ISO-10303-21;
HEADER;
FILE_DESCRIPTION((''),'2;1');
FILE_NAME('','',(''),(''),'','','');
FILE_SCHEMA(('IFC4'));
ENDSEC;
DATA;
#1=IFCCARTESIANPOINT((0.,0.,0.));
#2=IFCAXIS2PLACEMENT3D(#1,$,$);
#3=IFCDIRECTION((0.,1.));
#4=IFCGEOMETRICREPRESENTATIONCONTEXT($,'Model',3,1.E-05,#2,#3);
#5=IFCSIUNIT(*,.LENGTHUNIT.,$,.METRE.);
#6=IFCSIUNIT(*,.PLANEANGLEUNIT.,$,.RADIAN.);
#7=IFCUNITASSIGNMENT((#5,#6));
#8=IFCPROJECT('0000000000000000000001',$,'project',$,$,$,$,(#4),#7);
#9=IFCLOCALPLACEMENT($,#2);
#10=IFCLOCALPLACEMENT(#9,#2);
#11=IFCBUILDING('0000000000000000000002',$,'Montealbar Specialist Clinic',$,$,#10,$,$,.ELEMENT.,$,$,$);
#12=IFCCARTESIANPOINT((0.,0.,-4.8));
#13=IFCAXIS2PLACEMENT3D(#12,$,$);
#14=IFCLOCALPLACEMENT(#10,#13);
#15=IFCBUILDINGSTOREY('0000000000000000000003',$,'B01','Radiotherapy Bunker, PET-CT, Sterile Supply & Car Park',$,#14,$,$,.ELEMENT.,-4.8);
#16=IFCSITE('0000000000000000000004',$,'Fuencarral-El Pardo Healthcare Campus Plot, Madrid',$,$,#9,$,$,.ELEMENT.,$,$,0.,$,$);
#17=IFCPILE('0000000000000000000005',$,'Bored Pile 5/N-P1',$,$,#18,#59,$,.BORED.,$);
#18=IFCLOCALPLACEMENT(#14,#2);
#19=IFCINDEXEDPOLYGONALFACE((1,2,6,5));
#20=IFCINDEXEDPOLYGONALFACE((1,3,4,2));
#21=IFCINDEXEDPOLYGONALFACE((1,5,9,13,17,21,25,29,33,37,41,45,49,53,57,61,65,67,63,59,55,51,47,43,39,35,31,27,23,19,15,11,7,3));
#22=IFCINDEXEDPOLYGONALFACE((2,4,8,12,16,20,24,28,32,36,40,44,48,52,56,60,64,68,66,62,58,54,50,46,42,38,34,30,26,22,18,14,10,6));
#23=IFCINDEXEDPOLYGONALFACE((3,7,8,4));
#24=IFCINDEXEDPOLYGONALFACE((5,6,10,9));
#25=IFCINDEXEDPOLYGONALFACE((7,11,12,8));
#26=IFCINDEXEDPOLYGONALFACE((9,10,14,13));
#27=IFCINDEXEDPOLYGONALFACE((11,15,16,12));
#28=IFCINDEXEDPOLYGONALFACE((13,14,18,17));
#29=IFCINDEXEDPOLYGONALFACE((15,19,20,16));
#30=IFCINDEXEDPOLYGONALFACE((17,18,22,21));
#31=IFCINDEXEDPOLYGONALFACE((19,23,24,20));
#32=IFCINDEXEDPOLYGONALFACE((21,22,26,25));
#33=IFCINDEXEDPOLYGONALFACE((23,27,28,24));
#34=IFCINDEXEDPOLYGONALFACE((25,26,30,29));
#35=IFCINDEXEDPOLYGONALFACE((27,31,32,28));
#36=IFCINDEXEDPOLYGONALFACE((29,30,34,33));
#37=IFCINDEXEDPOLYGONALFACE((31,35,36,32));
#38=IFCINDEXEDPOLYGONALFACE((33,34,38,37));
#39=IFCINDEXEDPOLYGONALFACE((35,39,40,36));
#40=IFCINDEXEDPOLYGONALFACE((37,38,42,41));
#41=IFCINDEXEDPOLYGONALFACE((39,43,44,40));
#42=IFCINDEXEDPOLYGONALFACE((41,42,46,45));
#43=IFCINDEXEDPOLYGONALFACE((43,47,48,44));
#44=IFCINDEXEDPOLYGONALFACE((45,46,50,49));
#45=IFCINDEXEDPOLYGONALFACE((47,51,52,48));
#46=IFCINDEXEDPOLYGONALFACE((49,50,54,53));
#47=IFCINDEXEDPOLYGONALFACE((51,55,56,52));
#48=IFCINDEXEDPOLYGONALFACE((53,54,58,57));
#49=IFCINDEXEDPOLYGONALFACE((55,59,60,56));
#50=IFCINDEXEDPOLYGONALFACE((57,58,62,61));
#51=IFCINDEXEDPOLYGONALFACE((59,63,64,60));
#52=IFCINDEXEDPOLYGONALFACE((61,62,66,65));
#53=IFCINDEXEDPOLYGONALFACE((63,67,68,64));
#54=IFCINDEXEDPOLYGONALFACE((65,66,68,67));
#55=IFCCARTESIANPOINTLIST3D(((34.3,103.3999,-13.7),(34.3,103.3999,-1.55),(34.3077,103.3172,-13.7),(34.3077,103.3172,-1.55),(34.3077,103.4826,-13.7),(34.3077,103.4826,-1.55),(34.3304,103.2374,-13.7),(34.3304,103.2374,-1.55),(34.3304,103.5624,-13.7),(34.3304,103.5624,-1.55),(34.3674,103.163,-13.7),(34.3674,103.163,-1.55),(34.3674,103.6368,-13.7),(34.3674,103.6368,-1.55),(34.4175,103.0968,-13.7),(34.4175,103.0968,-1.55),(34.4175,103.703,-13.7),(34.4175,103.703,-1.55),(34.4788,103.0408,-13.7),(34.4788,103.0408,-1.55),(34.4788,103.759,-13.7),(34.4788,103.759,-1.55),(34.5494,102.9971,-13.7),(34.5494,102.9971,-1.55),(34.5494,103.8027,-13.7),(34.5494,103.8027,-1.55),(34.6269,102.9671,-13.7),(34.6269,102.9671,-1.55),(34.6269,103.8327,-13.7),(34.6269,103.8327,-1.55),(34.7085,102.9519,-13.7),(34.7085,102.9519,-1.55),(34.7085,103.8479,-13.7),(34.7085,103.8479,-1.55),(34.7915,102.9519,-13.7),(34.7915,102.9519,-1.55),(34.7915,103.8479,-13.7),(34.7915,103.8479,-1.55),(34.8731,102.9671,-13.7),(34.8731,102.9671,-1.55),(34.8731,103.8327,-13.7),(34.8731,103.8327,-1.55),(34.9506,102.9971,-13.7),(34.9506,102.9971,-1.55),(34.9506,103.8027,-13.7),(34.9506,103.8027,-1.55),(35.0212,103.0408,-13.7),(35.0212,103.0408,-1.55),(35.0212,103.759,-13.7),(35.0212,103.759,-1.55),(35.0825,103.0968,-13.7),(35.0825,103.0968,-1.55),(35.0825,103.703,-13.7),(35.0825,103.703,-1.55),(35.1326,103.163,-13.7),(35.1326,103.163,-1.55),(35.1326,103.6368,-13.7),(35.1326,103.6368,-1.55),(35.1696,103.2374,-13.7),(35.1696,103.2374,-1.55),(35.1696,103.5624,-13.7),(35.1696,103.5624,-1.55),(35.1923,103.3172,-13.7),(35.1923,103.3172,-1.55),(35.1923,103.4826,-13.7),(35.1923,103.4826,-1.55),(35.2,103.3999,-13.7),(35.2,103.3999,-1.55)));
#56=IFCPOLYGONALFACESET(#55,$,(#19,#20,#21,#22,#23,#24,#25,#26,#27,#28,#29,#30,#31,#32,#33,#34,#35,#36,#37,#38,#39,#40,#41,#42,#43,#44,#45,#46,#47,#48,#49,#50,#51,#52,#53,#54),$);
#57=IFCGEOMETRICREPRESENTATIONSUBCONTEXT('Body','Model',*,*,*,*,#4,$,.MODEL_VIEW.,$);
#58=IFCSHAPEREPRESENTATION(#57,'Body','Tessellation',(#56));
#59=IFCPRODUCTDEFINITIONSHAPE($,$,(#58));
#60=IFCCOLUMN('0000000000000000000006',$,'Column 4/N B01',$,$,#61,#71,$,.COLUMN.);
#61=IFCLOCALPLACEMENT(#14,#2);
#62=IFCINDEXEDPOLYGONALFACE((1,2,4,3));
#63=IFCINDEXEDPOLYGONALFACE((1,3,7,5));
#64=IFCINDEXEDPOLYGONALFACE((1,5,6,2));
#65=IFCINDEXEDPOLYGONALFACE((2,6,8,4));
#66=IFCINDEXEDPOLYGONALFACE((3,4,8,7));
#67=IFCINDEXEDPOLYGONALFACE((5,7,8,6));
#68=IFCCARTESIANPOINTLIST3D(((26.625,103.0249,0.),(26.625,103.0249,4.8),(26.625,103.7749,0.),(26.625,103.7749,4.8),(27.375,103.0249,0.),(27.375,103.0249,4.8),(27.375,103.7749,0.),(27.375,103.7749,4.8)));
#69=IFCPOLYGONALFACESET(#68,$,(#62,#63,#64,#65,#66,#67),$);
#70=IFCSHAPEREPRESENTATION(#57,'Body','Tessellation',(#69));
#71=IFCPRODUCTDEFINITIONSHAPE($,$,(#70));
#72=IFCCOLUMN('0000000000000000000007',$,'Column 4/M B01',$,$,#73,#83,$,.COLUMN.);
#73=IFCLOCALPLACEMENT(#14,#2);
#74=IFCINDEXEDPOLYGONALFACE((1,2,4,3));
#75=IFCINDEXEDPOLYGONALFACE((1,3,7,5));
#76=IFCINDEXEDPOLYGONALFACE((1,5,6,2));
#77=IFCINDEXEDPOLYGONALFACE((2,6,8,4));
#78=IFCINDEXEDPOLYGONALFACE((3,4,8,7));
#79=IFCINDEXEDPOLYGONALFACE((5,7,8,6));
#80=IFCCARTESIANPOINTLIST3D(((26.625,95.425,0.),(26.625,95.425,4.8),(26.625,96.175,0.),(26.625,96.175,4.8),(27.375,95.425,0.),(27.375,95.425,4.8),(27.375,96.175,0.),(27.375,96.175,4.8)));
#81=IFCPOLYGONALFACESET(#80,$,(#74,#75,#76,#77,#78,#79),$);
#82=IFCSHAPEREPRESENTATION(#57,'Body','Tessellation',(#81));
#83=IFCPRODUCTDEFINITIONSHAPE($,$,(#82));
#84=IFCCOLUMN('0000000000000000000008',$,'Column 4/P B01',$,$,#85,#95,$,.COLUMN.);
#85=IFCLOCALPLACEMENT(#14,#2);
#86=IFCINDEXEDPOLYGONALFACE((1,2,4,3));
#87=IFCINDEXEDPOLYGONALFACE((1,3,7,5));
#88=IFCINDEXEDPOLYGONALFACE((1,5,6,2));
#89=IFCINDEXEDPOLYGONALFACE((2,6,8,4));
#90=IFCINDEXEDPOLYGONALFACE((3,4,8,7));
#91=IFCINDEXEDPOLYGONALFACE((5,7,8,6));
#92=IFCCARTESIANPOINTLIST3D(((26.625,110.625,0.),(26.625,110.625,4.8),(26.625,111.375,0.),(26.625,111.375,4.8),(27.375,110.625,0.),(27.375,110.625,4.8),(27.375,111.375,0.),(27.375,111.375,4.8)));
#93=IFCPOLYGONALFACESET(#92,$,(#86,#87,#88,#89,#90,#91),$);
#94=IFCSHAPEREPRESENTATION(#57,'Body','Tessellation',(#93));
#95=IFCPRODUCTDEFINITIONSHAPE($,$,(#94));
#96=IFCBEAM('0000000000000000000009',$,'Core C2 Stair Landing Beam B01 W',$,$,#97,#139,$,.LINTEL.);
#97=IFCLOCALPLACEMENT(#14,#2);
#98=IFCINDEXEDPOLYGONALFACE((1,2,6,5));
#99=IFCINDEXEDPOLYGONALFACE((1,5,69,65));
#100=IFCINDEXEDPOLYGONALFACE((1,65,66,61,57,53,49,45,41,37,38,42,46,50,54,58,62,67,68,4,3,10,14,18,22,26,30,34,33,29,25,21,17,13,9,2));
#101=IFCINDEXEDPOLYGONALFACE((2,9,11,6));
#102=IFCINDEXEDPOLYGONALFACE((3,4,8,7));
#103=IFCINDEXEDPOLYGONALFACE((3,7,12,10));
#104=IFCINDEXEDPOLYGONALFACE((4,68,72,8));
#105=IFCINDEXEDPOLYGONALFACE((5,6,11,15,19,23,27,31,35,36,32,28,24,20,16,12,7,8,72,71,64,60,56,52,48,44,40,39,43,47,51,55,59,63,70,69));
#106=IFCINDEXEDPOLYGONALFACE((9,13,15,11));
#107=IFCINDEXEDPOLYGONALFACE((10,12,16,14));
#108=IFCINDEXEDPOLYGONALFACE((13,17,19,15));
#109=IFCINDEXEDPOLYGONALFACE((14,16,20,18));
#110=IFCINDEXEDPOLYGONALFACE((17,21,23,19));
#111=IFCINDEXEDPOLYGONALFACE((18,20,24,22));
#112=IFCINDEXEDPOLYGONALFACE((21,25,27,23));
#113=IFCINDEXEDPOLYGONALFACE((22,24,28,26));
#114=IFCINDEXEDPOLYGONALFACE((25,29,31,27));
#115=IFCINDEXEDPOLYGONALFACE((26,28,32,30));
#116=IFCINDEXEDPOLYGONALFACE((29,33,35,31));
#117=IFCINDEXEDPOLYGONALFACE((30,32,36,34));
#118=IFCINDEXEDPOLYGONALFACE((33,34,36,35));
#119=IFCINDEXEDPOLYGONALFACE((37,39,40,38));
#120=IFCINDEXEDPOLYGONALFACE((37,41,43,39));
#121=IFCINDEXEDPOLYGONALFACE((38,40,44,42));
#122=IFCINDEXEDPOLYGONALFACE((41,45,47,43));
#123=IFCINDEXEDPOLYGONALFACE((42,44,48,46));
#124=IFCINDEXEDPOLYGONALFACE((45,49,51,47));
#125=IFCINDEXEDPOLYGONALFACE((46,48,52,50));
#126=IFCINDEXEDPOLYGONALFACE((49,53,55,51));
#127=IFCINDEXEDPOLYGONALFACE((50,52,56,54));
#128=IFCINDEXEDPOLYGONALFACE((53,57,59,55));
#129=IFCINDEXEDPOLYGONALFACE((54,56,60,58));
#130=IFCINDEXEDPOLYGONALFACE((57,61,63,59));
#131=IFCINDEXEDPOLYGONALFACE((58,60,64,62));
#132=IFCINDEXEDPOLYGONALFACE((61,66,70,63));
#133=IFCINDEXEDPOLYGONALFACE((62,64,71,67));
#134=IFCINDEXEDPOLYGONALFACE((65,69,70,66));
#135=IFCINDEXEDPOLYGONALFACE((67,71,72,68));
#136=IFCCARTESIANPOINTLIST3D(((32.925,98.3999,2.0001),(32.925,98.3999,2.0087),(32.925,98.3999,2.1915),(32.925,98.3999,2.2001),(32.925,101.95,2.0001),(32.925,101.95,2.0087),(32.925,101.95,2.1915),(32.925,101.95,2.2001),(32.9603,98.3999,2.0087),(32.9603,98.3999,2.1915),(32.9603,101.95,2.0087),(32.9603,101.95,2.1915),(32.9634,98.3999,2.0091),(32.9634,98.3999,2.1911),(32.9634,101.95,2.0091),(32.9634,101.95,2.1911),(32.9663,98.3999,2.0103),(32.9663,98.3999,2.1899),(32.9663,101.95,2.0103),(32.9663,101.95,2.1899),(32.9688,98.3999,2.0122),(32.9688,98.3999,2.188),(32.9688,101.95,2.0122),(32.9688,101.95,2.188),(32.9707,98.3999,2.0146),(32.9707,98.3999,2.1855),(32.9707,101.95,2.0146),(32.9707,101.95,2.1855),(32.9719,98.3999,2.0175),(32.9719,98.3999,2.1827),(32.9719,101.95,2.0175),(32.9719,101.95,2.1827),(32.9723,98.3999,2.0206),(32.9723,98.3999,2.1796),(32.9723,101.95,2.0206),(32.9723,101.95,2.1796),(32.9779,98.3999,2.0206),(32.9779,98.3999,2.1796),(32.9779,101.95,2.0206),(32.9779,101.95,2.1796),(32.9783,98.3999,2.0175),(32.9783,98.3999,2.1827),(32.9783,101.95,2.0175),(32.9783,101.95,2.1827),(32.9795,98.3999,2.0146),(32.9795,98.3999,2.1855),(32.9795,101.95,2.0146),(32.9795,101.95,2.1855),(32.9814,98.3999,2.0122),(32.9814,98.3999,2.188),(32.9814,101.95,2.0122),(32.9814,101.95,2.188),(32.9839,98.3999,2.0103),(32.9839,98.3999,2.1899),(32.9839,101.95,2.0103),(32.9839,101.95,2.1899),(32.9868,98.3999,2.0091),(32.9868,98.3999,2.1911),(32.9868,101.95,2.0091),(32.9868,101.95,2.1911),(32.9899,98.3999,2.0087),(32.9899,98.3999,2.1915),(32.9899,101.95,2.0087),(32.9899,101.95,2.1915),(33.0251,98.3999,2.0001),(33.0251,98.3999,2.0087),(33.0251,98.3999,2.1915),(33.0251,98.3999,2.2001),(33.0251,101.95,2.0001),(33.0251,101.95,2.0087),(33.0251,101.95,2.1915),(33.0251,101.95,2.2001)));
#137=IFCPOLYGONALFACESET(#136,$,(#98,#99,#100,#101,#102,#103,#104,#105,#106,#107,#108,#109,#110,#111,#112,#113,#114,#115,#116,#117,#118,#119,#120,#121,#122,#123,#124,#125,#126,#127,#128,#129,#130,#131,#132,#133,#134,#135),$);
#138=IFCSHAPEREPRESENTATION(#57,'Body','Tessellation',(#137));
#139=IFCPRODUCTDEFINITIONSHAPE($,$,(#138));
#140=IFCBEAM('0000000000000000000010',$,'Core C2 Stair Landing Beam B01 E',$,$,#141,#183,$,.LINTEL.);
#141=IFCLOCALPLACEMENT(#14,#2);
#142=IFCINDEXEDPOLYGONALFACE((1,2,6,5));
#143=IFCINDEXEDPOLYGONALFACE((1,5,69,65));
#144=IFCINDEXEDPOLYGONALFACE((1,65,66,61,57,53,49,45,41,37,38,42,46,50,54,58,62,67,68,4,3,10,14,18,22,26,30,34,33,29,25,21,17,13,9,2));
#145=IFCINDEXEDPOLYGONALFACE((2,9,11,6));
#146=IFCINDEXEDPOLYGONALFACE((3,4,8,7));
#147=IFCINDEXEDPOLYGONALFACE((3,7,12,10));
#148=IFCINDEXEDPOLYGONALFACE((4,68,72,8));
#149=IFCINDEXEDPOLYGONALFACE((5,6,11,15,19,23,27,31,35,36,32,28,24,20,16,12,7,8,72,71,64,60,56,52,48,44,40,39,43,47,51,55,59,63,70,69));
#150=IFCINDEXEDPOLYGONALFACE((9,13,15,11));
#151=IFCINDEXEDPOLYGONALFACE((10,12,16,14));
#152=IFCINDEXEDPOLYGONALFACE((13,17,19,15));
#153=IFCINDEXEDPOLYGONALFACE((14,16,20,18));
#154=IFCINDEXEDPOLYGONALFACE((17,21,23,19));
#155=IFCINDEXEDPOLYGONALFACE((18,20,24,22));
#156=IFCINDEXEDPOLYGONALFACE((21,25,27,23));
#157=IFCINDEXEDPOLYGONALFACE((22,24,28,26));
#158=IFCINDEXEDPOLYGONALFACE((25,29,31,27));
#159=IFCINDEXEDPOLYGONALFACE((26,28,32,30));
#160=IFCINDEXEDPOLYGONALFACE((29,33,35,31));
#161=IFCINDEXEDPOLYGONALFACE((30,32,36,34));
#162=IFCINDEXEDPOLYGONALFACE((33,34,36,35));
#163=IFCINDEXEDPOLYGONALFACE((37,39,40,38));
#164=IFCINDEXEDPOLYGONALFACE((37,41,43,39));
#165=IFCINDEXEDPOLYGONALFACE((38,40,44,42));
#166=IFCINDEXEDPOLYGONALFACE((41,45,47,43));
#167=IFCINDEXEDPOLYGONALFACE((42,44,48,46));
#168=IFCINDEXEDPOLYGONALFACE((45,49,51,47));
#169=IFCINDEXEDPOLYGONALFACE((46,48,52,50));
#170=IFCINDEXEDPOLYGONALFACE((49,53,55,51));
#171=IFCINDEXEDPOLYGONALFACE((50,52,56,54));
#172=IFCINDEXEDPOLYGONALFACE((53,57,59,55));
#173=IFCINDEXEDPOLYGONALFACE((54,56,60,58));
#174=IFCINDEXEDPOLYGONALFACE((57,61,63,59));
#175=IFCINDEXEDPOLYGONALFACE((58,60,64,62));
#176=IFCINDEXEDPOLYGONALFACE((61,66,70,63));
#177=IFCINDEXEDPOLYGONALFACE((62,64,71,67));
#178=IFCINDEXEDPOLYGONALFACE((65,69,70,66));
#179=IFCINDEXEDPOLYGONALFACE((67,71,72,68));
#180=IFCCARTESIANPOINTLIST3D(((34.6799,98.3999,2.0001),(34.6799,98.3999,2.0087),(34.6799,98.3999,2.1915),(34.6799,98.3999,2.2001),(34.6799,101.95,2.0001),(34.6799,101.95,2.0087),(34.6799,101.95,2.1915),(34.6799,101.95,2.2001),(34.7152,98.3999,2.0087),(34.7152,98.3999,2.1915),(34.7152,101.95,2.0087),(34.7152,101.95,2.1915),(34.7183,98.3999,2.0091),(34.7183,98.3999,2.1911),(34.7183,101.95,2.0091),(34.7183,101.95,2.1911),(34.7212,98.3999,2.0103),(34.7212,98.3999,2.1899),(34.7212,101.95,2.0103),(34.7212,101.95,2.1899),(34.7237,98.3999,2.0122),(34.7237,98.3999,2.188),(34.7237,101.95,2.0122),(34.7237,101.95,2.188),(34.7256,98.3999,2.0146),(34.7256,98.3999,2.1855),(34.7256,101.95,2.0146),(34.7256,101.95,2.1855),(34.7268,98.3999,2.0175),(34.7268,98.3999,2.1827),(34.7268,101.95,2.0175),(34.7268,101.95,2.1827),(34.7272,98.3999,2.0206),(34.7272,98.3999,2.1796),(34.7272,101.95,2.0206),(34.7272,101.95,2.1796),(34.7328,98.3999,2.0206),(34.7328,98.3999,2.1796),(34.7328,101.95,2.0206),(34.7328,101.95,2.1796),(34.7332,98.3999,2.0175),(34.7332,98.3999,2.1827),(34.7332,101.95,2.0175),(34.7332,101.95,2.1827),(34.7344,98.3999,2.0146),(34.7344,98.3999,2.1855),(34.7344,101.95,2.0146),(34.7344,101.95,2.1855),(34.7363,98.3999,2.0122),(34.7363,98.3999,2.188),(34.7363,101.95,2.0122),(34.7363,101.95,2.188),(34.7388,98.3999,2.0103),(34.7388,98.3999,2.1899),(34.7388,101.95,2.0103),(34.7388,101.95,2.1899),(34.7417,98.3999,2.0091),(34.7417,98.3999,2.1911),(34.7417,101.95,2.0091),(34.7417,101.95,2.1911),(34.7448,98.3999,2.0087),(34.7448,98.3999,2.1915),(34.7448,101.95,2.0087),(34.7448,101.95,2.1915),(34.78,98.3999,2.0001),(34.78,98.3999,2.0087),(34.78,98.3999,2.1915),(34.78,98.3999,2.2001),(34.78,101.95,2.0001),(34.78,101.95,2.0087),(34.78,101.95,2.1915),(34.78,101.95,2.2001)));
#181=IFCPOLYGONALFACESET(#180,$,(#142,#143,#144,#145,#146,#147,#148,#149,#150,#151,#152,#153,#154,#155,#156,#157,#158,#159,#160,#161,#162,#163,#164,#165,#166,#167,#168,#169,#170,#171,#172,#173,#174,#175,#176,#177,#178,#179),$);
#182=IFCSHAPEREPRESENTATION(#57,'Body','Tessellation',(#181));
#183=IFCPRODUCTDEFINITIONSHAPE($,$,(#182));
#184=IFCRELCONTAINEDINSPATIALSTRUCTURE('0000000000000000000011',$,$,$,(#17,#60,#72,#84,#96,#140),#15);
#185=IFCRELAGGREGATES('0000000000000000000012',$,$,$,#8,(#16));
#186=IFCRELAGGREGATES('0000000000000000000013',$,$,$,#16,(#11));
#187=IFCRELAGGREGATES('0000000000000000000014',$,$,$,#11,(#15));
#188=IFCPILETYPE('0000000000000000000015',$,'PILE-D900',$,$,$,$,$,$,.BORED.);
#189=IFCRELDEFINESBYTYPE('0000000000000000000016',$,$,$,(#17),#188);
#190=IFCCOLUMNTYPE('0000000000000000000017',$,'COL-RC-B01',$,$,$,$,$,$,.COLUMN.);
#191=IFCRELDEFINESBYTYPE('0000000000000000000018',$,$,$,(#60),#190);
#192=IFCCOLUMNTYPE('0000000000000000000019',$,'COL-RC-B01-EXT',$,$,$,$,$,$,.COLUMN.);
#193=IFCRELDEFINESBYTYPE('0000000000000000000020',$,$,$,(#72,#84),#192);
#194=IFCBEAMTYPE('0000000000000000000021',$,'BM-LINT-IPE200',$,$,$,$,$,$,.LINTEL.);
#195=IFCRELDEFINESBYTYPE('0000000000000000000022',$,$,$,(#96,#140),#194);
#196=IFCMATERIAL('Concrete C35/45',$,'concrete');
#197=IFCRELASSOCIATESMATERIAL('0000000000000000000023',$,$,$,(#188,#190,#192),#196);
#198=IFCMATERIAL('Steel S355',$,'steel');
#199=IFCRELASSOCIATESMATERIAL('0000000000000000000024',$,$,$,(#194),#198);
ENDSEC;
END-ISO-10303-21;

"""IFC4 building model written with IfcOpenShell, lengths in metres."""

from ifc_helpers import new_model, si_unit, direction, frame, origin, origin_2d, place, context, subcontext, project, spatial, rectangle, circle, i_section, extrude, material, material_profile, profile_set, type_object, element, save


model = new_model("IFC4")

# Units and contexts
model_context = context("Model", 3, precision=1e-05, world=origin(), true_north=direction((0.0, 1.0)))
body_context = subcontext(model_context, "Body", "Model", "MODEL_VIEW")
ifc_project = project(units=[si_unit("LENGTHUNIT", "METRE"), si_unit("PLANEANGLEUNIT", "RADIAN")], contexts=[model_context])

# Site, building, storey
site_placement = place(None, origin())
site = spatial("IfcSite", under=ifc_project, at=site_placement, Name="Fuencarral-El Pardo Healthcare Campus Plot, Madrid", CompositionType="ELEMENT", RefElevation=0.0)
building_placement = place(site_placement, origin())
building = spatial("IfcBuilding", under=site, at=building_placement, Name="Montealbar Specialist Clinic", CompositionType="ELEMENT")
storey_placement = place(building_placement, frame((0.0, 0.0, -4.8)))
storey = spatial("IfcBuildingStorey", under=building, at=storey_placement, Name="B01", Description="Radiotherapy Bunker, PET-CT, Sterile Supply & Car Park", CompositionType="ELEMENT", Elevation=-4.8)

# Shared definitions
ifc_material_1 = material(Name="Concrete C35/45", Category="concrete")

# Pile
ifc_material_profile_1 = material_profile(ifc_material_1, circle(Radius=0.45, at=origin_2d()), Name="PILE D900", Category="concrete")
ifc_profile_set_1 = profile_set([ifc_material_profile_1], Name="Concrete C35/45")
pile_type_1 = type_object("IfcPileType", Name="PILE-D900", PredefinedType="BORED", material=ifc_profile_set_1)
pile_1_placement = place(storey_placement, frame((34.75, 103.3999, -1.55), z_axis=(0.0, 0.0, -1.0), x_axis=(1.0, 0.0, 0.0)))
element("IfcPile", 1, at=pile_1_placement, inside=storey, type_object=pile_type_1, Name="Bored Pile 5/N-P1", PredefinedType="BORED", context=body_context, shape_type="SweptSolid", body=[
    extrude(circle(Radius=0.45, at=origin_2d()), origin(), (0.0, 0.0, 1.0), 12.1499),
])

# Columns
ifc_material_profile_2 = material_profile(ifc_material_1, rectangle(XDim=0.75, YDim=0.75, at=origin_2d()), Name="RC 750x750", Category="concrete")
ifc_profile_set_2 = profile_set([ifc_material_profile_2], Name="Concrete C35/45")
column_type_1 = type_object("IfcColumnType", Name="COL-RC-B01", PredefinedType="COLUMN", material=ifc_profile_set_2)
column_placement = place(storey_placement, frame((27.0, 103.3999, 0.0), z_axis=(0.0, 0.0, 1.0), x_axis=(1.0, 0.0, 0.0)))
element("IfcColumn", 2, at=column_placement, inside=storey, type_object=column_type_1, Name="Column 4/N B01", PredefinedType="COLUMN", context=body_context, shape_type="SweptSolid", body=[
    extrude(rectangle(XDim=0.75, YDim=0.75, at=origin_2d()), origin(), (0.0, 0.0, 1.0), 4.8),
])
ifc_material_profile_3 = material_profile(ifc_material_1, rectangle(XDim=0.75, YDim=0.75, at=origin_2d()), Name="RC 750x750", Category="concrete")
ifc_profile_set_3 = profile_set([ifc_material_profile_3], Name="Concrete C35/45")
column_type_2 = type_object("IfcColumnType", Name="COL-RC-B01-EXT", PredefinedType="COLUMN", material=ifc_profile_set_3)
for number, where, z_axis, x_axis, name in (
    (3, (27.0, 95.8, 0.0), (0.0, 0.0, 1.0), (1.0, 0.0, 0.0), "Column 4/M B01"),
    (4, (27.0, 111.0, 0.0), (0.0, 0.0, 1.0), (1.0, 0.0, 0.0), "Column 4/P B01"),
):
    element("IfcColumn", number, at=place(storey_placement, frame(where, z_axis=z_axis, x_axis=x_axis)), inside=storey, type_object=column_type_2, Name=name, PredefinedType="COLUMN", context=body_context, shape_type="SweptSolid", body=[
        extrude(rectangle(XDim=0.75, YDim=0.75, at=origin_2d()), origin(), (0.0, 0.0, 1.0), 4.8),
    ])

# Beams
ifc_material_2 = material(Name="Steel S355", Category="steel")
ifc_material_profile_4 = material_profile(ifc_material_2, i_section(OverallWidth=0.1001, OverallDepth=0.2, WebThickness=0.0056, FlangeThickness=0.0085, FilletRadius=0.012, at=origin_2d()), Name="IPE 200", Category="steel")
ifc_profile_set_4 = profile_set([ifc_material_profile_4], Name="Steel S355")
beam_type_1 = type_object("IfcBeamType", Name="BM-LINT-IPE200", PredefinedType="LINTEL", material=ifc_profile_set_4)
for number, where, z_axis, x_axis, name in (
    (5, (32.9751, 98.3999, 2.1001), (0.0, 1.0, 0.0), (-1.0, 0.0, 0.0), "Core C2 Stair Landing Beam B01 W"),
    (6, (34.73, 98.3999, 2.1001), (0.0, 1.0, 0.0), (-1.0, 0.0, 0.0), "Core C2 Stair Landing Beam B01 E"),
):
    element("IfcBeam", number, at=place(storey_placement, frame(where, z_axis=z_axis, x_axis=x_axis)), inside=storey, type_object=beam_type_1, Name=name, PredefinedType="LINTEL", context=body_context, shape_type="SweptSolid", body=[
        extrude(i_section(OverallWidth=0.1001, OverallDepth=0.2, WebThickness=0.0056, FlangeThickness=0.0085, FilletRadius=0.012, at=origin_2d()), origin(), (0.0, 0.0, 1.0), 3.55),
    ])

save(model, "model.ifc")
